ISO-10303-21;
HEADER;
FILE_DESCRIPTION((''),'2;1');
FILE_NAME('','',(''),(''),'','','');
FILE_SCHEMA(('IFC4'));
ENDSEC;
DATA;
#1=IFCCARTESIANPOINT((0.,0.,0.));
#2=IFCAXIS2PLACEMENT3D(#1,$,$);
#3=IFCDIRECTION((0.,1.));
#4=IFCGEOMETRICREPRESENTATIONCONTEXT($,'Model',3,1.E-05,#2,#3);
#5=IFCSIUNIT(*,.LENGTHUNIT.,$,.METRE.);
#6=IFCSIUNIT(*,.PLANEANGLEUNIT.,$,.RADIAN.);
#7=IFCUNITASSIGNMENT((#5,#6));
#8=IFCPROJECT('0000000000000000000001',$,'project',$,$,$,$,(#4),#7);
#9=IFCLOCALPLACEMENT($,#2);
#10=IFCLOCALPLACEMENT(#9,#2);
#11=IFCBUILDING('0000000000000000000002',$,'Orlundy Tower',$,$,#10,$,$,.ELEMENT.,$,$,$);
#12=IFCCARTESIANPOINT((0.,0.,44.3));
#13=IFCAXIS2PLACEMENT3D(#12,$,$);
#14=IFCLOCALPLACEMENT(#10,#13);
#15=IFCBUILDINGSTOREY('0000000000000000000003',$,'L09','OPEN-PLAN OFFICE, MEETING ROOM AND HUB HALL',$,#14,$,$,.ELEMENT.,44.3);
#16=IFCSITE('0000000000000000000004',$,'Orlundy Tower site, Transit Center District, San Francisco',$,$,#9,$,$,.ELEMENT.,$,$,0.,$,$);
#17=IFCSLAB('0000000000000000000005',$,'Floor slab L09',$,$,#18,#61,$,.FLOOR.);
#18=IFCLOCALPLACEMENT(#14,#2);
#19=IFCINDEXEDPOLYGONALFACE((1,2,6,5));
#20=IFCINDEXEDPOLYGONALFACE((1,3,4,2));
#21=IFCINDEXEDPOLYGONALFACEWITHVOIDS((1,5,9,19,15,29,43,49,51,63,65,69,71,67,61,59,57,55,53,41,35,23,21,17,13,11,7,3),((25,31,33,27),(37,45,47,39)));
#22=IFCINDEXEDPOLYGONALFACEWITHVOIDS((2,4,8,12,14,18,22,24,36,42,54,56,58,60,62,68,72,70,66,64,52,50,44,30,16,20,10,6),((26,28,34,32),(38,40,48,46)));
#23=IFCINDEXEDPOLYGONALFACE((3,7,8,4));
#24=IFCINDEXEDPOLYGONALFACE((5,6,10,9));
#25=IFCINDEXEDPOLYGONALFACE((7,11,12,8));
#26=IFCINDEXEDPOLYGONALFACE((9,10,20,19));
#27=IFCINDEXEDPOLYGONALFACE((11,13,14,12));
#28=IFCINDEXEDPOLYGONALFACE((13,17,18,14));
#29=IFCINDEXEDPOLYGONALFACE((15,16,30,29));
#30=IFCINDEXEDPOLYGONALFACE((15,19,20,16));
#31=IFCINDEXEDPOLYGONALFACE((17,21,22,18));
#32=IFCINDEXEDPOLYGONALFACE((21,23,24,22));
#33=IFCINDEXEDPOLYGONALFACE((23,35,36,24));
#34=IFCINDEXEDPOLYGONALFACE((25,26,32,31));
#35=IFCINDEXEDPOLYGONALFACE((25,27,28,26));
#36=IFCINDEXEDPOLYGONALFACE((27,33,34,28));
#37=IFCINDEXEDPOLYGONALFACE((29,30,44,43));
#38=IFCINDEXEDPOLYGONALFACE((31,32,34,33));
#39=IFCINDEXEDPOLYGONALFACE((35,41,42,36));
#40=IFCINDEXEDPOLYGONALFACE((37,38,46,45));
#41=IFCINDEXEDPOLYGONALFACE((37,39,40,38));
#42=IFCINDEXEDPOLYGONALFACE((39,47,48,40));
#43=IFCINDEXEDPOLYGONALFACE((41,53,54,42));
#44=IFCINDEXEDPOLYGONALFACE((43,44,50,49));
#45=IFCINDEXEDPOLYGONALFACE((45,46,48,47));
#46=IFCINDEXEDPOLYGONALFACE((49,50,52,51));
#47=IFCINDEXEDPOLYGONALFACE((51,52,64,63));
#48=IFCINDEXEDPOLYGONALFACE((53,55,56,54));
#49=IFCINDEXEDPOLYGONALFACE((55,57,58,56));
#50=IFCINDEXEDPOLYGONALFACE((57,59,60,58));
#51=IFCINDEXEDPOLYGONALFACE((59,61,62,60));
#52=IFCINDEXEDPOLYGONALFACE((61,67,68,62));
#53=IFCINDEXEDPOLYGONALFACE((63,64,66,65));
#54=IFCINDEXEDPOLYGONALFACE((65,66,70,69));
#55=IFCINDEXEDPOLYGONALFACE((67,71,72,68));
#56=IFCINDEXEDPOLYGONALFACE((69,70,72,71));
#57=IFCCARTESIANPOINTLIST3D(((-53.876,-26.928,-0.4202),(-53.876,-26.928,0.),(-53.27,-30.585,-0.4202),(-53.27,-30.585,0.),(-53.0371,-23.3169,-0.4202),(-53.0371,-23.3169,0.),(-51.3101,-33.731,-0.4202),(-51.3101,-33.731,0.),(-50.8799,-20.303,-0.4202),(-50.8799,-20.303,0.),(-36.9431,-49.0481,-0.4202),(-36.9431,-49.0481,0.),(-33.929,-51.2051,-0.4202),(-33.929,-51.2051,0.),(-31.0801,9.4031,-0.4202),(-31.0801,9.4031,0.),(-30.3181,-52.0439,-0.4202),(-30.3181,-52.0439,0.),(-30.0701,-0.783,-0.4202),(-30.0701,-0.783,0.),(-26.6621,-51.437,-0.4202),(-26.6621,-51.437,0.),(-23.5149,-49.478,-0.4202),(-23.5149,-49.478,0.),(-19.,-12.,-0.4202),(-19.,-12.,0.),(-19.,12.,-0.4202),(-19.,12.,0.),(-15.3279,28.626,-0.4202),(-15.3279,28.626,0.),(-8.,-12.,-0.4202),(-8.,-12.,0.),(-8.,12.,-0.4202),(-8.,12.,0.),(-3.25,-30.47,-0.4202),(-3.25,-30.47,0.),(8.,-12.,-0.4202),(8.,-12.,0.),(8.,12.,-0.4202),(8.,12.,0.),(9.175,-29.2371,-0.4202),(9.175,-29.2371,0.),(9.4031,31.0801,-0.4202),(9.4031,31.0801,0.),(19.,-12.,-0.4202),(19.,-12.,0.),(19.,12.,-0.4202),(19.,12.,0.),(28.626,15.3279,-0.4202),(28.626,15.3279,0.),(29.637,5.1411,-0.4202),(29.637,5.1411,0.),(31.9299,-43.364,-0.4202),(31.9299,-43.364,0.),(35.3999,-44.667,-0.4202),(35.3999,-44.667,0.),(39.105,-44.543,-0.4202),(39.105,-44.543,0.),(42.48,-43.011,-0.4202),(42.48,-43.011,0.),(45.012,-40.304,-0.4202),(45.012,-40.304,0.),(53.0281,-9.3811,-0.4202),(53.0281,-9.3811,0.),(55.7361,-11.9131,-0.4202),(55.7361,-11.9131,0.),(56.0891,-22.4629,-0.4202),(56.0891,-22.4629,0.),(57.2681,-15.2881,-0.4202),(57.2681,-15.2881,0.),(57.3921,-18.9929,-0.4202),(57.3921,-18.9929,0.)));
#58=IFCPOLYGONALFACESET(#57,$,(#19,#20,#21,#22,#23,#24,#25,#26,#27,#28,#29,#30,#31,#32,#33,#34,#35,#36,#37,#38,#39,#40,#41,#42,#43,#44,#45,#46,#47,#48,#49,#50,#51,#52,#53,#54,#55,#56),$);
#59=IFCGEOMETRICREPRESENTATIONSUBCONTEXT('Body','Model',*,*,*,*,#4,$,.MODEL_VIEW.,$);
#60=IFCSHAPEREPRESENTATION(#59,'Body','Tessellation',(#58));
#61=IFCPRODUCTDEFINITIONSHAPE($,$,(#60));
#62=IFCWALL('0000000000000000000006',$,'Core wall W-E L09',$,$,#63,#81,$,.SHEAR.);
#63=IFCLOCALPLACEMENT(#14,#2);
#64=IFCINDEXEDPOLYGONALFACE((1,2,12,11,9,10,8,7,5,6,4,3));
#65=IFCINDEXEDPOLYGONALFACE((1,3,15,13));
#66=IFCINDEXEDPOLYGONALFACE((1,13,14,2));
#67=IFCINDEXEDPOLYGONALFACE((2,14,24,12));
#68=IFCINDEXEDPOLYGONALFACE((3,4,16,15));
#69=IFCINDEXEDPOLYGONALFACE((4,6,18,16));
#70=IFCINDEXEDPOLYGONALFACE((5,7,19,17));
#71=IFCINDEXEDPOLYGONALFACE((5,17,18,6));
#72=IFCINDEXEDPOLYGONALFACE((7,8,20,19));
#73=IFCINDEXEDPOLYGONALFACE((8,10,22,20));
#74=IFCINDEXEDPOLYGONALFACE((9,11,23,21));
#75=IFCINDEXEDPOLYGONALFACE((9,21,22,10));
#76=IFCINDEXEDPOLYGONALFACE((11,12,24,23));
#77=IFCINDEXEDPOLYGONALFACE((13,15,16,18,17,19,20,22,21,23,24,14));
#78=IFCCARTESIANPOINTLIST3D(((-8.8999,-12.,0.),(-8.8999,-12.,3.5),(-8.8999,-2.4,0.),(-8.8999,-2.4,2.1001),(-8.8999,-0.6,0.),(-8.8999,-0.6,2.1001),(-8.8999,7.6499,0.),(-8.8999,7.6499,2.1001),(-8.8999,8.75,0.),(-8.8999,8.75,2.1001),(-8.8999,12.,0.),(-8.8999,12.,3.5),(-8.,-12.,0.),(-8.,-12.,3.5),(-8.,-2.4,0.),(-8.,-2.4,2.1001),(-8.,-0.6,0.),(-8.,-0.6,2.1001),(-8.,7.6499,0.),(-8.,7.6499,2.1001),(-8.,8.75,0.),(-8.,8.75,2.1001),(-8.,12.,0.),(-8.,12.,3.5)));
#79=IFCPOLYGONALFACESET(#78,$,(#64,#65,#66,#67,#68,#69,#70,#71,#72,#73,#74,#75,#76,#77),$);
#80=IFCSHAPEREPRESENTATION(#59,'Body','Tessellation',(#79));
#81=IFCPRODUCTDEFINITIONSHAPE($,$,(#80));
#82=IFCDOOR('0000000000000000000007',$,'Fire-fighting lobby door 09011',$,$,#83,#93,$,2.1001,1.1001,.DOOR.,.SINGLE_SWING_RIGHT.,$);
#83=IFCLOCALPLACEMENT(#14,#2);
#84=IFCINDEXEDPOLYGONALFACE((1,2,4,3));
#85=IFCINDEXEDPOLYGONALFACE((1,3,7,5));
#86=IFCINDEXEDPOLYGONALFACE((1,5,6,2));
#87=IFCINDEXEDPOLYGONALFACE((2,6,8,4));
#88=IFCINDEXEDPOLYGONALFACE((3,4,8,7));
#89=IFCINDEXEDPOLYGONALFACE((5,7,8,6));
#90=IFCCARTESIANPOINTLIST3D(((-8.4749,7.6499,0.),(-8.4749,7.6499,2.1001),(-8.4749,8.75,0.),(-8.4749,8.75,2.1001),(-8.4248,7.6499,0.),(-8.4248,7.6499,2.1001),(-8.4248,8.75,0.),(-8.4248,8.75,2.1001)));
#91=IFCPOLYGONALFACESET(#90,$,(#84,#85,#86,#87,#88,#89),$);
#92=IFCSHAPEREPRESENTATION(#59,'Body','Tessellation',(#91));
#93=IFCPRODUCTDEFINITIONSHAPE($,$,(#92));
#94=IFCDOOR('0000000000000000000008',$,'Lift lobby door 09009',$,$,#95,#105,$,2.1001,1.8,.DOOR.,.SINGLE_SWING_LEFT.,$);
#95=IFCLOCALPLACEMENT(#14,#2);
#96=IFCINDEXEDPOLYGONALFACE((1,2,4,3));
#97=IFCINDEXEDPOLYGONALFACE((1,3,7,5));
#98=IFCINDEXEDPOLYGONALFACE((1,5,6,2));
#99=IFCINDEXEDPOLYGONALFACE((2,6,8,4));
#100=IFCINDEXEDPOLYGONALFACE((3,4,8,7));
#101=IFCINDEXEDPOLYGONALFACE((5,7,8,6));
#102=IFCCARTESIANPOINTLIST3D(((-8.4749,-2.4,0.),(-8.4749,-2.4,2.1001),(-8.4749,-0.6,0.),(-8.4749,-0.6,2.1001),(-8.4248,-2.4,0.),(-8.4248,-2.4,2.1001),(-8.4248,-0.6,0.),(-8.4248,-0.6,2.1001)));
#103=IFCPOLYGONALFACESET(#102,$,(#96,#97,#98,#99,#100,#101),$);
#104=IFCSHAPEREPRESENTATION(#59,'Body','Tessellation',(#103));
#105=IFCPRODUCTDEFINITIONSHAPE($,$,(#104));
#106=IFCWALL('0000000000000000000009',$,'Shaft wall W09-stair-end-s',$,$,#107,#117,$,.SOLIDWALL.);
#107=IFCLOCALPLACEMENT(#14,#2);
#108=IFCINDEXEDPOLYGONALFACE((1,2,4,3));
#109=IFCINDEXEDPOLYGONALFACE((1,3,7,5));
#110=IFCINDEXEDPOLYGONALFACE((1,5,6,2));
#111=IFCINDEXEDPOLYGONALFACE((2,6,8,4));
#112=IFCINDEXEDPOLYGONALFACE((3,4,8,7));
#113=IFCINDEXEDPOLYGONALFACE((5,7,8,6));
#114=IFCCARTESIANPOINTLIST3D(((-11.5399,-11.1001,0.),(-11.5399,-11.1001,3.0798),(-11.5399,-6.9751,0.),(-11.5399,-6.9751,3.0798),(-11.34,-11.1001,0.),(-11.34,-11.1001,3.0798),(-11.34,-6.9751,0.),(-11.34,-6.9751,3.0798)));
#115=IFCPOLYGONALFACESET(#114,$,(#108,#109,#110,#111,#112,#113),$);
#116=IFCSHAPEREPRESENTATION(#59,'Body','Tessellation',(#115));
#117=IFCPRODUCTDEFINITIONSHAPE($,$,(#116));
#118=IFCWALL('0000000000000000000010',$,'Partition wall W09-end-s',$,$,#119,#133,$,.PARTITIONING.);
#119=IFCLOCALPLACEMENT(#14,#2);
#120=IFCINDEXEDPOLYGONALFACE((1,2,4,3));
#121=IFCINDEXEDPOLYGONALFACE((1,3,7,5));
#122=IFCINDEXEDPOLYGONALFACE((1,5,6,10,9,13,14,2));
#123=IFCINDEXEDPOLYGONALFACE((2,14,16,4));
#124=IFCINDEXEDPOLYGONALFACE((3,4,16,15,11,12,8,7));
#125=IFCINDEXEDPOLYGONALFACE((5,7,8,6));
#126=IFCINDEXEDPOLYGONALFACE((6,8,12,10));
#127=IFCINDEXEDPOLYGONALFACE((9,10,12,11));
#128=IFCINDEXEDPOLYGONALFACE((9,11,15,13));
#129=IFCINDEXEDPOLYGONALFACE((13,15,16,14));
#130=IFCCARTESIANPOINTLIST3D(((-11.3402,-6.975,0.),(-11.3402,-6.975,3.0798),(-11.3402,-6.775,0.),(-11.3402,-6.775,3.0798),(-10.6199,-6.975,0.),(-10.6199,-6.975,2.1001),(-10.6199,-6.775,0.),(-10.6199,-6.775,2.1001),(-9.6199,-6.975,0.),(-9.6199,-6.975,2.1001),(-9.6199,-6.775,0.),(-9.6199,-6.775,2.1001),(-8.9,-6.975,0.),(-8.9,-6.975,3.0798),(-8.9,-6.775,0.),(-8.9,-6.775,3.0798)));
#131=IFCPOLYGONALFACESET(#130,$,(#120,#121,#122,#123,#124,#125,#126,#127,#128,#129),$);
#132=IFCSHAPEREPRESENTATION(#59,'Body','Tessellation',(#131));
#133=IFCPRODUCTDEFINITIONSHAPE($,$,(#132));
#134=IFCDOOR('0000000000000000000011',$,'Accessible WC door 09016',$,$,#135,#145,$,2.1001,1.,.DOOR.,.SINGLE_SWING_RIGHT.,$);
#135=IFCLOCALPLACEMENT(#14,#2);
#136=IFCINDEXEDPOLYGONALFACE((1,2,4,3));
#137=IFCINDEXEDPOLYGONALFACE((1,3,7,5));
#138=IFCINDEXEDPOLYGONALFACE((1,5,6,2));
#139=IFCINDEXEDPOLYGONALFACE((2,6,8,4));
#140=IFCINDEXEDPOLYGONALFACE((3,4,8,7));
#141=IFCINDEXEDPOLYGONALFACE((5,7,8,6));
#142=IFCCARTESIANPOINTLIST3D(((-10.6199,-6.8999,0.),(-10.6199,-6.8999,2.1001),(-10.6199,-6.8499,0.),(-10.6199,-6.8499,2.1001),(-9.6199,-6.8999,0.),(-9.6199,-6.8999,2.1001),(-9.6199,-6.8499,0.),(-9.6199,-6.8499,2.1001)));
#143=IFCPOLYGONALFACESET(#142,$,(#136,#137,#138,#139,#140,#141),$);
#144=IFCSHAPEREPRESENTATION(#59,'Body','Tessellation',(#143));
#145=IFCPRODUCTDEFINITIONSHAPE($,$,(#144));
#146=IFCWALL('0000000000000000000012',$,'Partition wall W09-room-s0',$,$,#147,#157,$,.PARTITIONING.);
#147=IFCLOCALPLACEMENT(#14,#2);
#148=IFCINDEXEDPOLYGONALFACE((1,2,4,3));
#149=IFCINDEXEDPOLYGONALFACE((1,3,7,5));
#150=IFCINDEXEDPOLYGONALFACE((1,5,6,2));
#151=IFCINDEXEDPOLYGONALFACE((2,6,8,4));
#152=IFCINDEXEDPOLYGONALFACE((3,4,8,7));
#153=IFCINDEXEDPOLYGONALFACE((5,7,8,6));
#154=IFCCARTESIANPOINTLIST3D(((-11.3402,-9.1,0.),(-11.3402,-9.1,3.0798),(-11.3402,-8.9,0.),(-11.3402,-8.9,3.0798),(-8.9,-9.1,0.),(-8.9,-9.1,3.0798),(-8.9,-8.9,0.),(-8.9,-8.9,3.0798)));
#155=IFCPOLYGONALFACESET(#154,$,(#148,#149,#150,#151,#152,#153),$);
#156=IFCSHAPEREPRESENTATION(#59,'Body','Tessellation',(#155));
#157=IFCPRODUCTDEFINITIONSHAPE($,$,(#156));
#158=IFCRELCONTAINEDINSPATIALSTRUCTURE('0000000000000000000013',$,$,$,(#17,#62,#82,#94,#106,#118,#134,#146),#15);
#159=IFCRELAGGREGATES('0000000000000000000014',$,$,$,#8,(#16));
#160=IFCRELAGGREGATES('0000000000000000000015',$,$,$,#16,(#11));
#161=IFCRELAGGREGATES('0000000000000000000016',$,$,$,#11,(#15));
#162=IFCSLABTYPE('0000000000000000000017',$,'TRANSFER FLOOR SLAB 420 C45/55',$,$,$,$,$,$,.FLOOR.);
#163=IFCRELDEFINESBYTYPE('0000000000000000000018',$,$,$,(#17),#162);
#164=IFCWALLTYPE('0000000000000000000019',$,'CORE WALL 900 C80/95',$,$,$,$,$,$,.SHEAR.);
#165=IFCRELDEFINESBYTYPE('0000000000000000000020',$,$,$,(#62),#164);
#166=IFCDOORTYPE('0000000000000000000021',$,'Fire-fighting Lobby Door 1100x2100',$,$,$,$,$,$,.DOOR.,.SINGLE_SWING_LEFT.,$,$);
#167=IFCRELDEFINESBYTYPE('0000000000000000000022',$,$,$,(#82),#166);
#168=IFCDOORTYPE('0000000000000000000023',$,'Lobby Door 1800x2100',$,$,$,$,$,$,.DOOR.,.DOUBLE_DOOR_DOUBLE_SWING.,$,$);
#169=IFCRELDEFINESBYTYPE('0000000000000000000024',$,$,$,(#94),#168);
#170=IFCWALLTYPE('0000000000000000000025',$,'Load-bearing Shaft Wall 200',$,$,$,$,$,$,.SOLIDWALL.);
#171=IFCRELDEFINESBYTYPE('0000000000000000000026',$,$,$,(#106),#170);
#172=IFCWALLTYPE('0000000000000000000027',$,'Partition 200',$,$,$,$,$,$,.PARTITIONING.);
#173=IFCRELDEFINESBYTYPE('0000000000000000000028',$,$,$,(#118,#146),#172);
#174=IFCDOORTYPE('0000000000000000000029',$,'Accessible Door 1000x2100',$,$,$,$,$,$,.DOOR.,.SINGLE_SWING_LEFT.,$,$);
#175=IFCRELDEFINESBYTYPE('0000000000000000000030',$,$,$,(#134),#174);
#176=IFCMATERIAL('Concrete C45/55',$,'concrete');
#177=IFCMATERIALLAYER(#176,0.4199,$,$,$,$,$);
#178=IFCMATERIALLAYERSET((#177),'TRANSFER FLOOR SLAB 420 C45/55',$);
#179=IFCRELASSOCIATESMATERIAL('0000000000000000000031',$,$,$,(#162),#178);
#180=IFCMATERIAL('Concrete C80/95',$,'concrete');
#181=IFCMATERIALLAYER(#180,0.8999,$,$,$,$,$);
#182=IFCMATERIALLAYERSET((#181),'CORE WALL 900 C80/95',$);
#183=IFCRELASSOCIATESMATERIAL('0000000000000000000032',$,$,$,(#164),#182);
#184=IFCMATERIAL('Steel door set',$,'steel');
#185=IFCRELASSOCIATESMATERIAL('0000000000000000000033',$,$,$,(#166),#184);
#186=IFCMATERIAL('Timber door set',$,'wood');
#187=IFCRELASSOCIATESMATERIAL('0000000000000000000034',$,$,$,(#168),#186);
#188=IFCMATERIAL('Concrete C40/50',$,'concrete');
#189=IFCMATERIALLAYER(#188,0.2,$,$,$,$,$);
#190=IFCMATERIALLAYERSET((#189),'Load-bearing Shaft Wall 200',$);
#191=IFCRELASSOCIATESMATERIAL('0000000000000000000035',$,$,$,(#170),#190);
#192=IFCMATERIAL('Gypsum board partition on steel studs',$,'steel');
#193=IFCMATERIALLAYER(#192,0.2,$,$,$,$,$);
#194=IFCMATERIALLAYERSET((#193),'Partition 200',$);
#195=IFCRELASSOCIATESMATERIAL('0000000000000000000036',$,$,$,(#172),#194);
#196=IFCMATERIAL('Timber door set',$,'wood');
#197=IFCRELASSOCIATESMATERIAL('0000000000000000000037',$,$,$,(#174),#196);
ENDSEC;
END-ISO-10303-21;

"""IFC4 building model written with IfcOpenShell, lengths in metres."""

from ifc_helpers import new_model, si_unit, direction, frame, frame_2d, origin, place, context, subcontext, project, spatial, polyline, rectangle, outline, extrude, material, layer, layer_set, type_object, element, fill, save


model = new_model("IFC4")

# Units and contexts
model_context = context("Model", 3, precision=1e-05, world=origin(), true_north=direction((0.0, 1.0)))
body_context = subcontext(model_context, "Body", "Model", "MODEL_VIEW")
ifc_project = project(units=[si_unit("LENGTHUNIT", "METRE"), si_unit("PLANEANGLEUNIT", "RADIAN")], contexts=[model_context])

# Site, building, storey
site_placement = place(None, origin())
site = spatial("IfcSite", under=ifc_project, at=site_placement, Name="Orlundy Tower site, Transit Center District, San Francisco", CompositionType="ELEMENT", RefElevation=0.0)
building_placement = place(site_placement, origin())
building = spatial("IfcBuilding", under=site, at=building_placement, Name="Orlundy Tower", CompositionType="ELEMENT")
storey_placement = place(building_placement, frame((0.0, 0.0, 44.3)))
storey = spatial("IfcBuildingStorey", under=building, at=storey_placement, Name="L09", Description="OPEN-PLAN OFFICE, MEETING ROOM AND HUB HALL", CompositionType="ELEMENT", Elevation=44.3)

# Slab
ifc_material_1 = material(Name="Concrete C45/55", Category="concrete")
ifc_layer_1 = layer(ifc_material_1, 0.4199)
ifc_layer_set_1 = layer_set([ifc_layer_1], Name="TRANSFER FLOOR SLAB 420 C45/55")
slab_type_1 = type_object("IfcSlabType", Name="TRANSFER FLOOR SLAB 420 C45/55", PredefinedType="FLOOR", material=ifc_layer_set_1)
slab_1_placement = place(storey_placement, frame((0.0, 0.0, -0.4202)))
element("IfcSlab", 1, at=slab_1_placement, inside=storey, type_object=slab_type_1, Name="Floor slab L09", PredefinedType="FLOOR", context=body_context, shape_type="SweptSolid", body=[
    extrude(outline(polyline([(-30.0701, -0.783), (-31.0801, 9.4031), (-15.3279, 28.626), (9.4031, 31.0801), (28.626, 15.3279), (29.637, 5.1411), (53.0281, -9.3811), (55.7361, -11.9131), (57.2681, -15.2881), (57.3921, -18.9929), (56.0891, -22.4629), (45.012, -40.304), (42.48, -43.011), (39.105, -44.543), (35.3999, -44.667), (31.9299, -43.364), (9.175, -29.2371), (-3.25, -30.47), (-23.5149, -49.478), (-26.6621, -51.437), (-30.3181, -52.0439), (-33.929, -51.2051), (-36.9431, -49.0481), (-51.3101, -33.731), (-53.27, -30.585), (-53.876, -26.928), (-53.0371, -23.3169), (-50.8799, -20.303), (-30.0701, -0.783)]), holes=[polyline([(-8.0, -12.0), (-8.0, 12.0), (-19.0, 12.0), (-19.0, -12.0), (-8.0, -12.0)]), polyline([(19.0, -12.0), (19.0, 12.0), (8.0, 12.0), (8.0, -12.0), (19.0, -12.0)])]), origin(), (0.0, 0.0, 1.0), 0.4202),
])

# Wall, openings, doors
ifc_material_2 = material(Name="Concrete C80/95", Category="concrete")
ifc_layer_2 = layer(ifc_material_2, 0.8999)
ifc_layer_set_2 = layer_set([ifc_layer_2], Name="CORE WALL 900 C80/95")
wall_type_1 = type_object("IfcWallType", Name="CORE WALL 900 C80/95", PredefinedType="SHEAR", material=ifc_layer_set_2)
wall_1_placement = place(storey_placement, frame((-8.45, -12.0, 0.0), z_axis=(0.0, 0.0, 1.0), x_axis=(0.0, 1.0, 0.0)))
wall_1 = element("IfcWall", 2, at=wall_1_placement, inside=storey, type_object=wall_type_1, Name="Core wall W-E L09", PredefinedType="SHEAR", context=body_context, shape_type="SweptSolid", body=[
    extrude(rectangle(XDim=24.0, YDim=0.8999, at=frame_2d((12.0, 0.0))), origin(), (0.0, 0.0, 1.0), 3.5),
])
opening_1_placement = place(wall_1_placement, frame((9.6001, 0.0, 0.0)))
opening_1 = element("IfcOpeningElement", 3, at=opening_1_placement, cuts=wall_1, PredefinedType="OPENING", context=body_context, shape_type="SweptSolid", body=[
    extrude(rectangle(XDim=1.8, YDim=2.1001, at=frame_2d((0.8999, 1.05))), frame((0.0, 0.46, 0.0), z_axis=(0.0, -1.0, 0.0), x_axis=(1.0, 0.0, 0.0)), (0.0, 0.0, 1.0), 0.9199),
])
opening_2_placement = place(wall_1_placement, frame((19.6499, 0.0, 0.0)))
opening_2 = element("IfcOpeningElement", 4, at=opening_2_placement, cuts=wall_1, PredefinedType="OPENING", context=body_context, shape_type="SweptSolid", body=[
    extrude(rectangle(XDim=1.1001, YDim=2.1001, at=frame_2d((0.55, 1.05))), frame((0.0, 0.46, 0.0), z_axis=(0.0, -1.0, 0.0), x_axis=(1.0, 0.0, 0.0)), (0.0, 0.0, 1.0), 0.9199),
])
ifc_material_3 = material(Name="Steel door set", Category="steel")
door_type_1 = type_object("IfcDoorType", Name="Fire-fighting Lobby Door 1100x2100", OperationType="SINGLE_SWING_LEFT", PredefinedType="DOOR", material=ifc_material_3)
door_1_placement = place(opening_2_placement, origin())
door_1 = element("IfcDoor", 5, at=door_1_placement, inside=storey, type_object=door_type_1, Name="Fire-fighting lobby door 09011", OperationType="SINGLE_SWING_RIGHT", OverallHeight=2.1001, OverallWidth=1.1001, PredefinedType="DOOR", context=body_context, shape_type="SweptSolid", body=[
    extrude(rectangle(XDim=1.1001, YDim=2.1001, at=frame_2d((0.55, 1.05))), frame((0.0, 0.0249, 0.0), z_axis=(0.0, -1.0, 0.0), x_axis=(1.0, 0.0, 0.0)), (0.0, 0.0, 1.0), 0.05),
])
fill(opening_2, door_1)
ifc_material_4 = material(Name="Timber door set", Category="wood")
door_type_2 = type_object("IfcDoorType", Name="Lobby Door 1800x2100", OperationType="DOUBLE_DOOR_DOUBLE_SWING", PredefinedType="DOOR", material=ifc_material_4)
door_2_placement = place(opening_1_placement, origin())
door_2 = element("IfcDoor", 6, at=door_2_placement, inside=storey, type_object=door_type_2, Name="Lift lobby door 09009", OperationType="SINGLE_SWING_LEFT", OverallHeight=2.1001, OverallWidth=1.8, PredefinedType="DOOR", context=body_context, shape_type="SweptSolid", body=[
    extrude(rectangle(XDim=1.8, YDim=2.1001, at=frame_2d((0.8999, 1.05))), frame((0.0, 0.0249, 0.0), z_axis=(0.0, -1.0, 0.0), x_axis=(1.0, 0.0, 0.0)), (0.0, 0.0, 1.0), 0.05),
])
fill(opening_1, door_2)

# Wall
ifc_material_5 = material(Name="Concrete C40/50", Category="concrete")
ifc_layer_3 = layer(ifc_material_5, 0.2)
ifc_layer_set_3 = layer_set([ifc_layer_3], Name="Load-bearing Shaft Wall 200")
wall_type_2 = type_object("IfcWallType", Name="Load-bearing Shaft Wall 200", PredefinedType="SOLIDWALL", material=ifc_layer_set_3)
wall_2_placement = place(storey_placement, frame((-11.4399, -11.1001, 0.0), z_axis=(0.0, 0.0, 1.0), x_axis=(0.0, 1.0, 0.0)))
element("IfcWall", 7, at=wall_2_placement, inside=storey, type_object=wall_type_2, Name="Shaft wall W09-stair-end-s", PredefinedType="SOLIDWALL", context=body_context, shape_type="SweptSolid", body=[
    extrude(rectangle(XDim=4.125, YDim=0.2, at=frame_2d((2.0625, 0.0))), origin(), (0.0, 0.0, 1.0), 3.0798),
])

# Wall, opening, door
ifc_material_6 = material(Name="Gypsum board partition on steel studs", Category="steel")
ifc_layer_4 = layer(ifc_material_6, 0.2)
ifc_layer_set_4 = layer_set([ifc_layer_4], Name="Partition 200")
wall_type_3 = type_object("IfcWallType", Name="Partition 200", PredefinedType="PARTITIONING", material=ifc_layer_set_4)
wall_3_placement = place(storey_placement, frame((-8.8999, -6.875, 0.0), z_axis=(0.0, 0.0, 1.0), x_axis=(-1.0, 0.0, 0.0)))
wall_3 = element("IfcWall", 8, at=wall_3_placement, inside=storey, type_object=wall_type_3, Name="Partition wall W09-end-s", PredefinedType="PARTITIONING", context=body_context, shape_type="SweptSolid", body=[
    extrude(rectangle(XDim=2.4402, YDim=0.2, at=frame_2d((1.2202, 0.0))), origin(), (0.0, 0.0, 1.0), 3.0798),
])
opening_3_placement = place(wall_3_placement, frame((0.72, 0.0, 0.0)))
opening_3 = element("IfcOpeningElement", 9, at=opening_3_placement, cuts=wall_3, PredefinedType="OPENING", context=body_context, shape_type="SweptSolid", body=[
    extrude(rectangle(XDim=1.0, YDim=2.1001, at=frame_2d((0.5, 1.05))), frame((0.0, 0.1101, 0.0), z_axis=(0.0, -1.0, 0.0), x_axis=(1.0, 0.0, 0.0)), (0.0, 0.0, 1.0), 0.2202),
])
ifc_material_7 = material(Name="Timber door set", Category="wood")
door_type_3 = type_object("IfcDoorType", Name="Accessible Door 1000x2100", OperationType="SINGLE_SWING_LEFT", PredefinedType="DOOR", material=ifc_material_7)
door_3_placement = place(opening_3_placement, origin())
door_3 = element("IfcDoor", 10, at=door_3_placement, inside=storey, type_object=door_type_3, Name="Accessible WC door 09016", OperationType="SINGLE_SWING_RIGHT", OverallHeight=2.1001, OverallWidth=1.0, PredefinedType="DOOR", context=body_context, shape_type="SweptSolid", body=[
    extrude(rectangle(XDim=1.0, YDim=2.1001, at=frame_2d((0.5, 1.05))), frame((0.0, 0.0249, 0.0), z_axis=(0.0, -1.0, 0.0), x_axis=(1.0, 0.0, 0.0)), (0.0, 0.0, 1.0), 0.05),
])
fill(opening_3, door_3)

# Wall
wall_4_placement = place(storey_placement, frame((-8.8999, -9.0, 0.0), z_axis=(0.0, 0.0, 1.0), x_axis=(-1.0, 0.0, 0.0)))
element("IfcWall", 11, at=wall_4_placement, inside=storey, type_object=wall_type_3, Name="Partition wall W09-room-s0", PredefinedType="PARTITIONING", context=body_context, shape_type="SweptSolid", body=[
    extrude(rectangle(XDim=2.4402, YDim=0.2, at=frame_2d((1.2202, 0.0))), origin(), (0.0, 0.0, 1.0), 3.0798),
])

save(model, "model.ifc")
